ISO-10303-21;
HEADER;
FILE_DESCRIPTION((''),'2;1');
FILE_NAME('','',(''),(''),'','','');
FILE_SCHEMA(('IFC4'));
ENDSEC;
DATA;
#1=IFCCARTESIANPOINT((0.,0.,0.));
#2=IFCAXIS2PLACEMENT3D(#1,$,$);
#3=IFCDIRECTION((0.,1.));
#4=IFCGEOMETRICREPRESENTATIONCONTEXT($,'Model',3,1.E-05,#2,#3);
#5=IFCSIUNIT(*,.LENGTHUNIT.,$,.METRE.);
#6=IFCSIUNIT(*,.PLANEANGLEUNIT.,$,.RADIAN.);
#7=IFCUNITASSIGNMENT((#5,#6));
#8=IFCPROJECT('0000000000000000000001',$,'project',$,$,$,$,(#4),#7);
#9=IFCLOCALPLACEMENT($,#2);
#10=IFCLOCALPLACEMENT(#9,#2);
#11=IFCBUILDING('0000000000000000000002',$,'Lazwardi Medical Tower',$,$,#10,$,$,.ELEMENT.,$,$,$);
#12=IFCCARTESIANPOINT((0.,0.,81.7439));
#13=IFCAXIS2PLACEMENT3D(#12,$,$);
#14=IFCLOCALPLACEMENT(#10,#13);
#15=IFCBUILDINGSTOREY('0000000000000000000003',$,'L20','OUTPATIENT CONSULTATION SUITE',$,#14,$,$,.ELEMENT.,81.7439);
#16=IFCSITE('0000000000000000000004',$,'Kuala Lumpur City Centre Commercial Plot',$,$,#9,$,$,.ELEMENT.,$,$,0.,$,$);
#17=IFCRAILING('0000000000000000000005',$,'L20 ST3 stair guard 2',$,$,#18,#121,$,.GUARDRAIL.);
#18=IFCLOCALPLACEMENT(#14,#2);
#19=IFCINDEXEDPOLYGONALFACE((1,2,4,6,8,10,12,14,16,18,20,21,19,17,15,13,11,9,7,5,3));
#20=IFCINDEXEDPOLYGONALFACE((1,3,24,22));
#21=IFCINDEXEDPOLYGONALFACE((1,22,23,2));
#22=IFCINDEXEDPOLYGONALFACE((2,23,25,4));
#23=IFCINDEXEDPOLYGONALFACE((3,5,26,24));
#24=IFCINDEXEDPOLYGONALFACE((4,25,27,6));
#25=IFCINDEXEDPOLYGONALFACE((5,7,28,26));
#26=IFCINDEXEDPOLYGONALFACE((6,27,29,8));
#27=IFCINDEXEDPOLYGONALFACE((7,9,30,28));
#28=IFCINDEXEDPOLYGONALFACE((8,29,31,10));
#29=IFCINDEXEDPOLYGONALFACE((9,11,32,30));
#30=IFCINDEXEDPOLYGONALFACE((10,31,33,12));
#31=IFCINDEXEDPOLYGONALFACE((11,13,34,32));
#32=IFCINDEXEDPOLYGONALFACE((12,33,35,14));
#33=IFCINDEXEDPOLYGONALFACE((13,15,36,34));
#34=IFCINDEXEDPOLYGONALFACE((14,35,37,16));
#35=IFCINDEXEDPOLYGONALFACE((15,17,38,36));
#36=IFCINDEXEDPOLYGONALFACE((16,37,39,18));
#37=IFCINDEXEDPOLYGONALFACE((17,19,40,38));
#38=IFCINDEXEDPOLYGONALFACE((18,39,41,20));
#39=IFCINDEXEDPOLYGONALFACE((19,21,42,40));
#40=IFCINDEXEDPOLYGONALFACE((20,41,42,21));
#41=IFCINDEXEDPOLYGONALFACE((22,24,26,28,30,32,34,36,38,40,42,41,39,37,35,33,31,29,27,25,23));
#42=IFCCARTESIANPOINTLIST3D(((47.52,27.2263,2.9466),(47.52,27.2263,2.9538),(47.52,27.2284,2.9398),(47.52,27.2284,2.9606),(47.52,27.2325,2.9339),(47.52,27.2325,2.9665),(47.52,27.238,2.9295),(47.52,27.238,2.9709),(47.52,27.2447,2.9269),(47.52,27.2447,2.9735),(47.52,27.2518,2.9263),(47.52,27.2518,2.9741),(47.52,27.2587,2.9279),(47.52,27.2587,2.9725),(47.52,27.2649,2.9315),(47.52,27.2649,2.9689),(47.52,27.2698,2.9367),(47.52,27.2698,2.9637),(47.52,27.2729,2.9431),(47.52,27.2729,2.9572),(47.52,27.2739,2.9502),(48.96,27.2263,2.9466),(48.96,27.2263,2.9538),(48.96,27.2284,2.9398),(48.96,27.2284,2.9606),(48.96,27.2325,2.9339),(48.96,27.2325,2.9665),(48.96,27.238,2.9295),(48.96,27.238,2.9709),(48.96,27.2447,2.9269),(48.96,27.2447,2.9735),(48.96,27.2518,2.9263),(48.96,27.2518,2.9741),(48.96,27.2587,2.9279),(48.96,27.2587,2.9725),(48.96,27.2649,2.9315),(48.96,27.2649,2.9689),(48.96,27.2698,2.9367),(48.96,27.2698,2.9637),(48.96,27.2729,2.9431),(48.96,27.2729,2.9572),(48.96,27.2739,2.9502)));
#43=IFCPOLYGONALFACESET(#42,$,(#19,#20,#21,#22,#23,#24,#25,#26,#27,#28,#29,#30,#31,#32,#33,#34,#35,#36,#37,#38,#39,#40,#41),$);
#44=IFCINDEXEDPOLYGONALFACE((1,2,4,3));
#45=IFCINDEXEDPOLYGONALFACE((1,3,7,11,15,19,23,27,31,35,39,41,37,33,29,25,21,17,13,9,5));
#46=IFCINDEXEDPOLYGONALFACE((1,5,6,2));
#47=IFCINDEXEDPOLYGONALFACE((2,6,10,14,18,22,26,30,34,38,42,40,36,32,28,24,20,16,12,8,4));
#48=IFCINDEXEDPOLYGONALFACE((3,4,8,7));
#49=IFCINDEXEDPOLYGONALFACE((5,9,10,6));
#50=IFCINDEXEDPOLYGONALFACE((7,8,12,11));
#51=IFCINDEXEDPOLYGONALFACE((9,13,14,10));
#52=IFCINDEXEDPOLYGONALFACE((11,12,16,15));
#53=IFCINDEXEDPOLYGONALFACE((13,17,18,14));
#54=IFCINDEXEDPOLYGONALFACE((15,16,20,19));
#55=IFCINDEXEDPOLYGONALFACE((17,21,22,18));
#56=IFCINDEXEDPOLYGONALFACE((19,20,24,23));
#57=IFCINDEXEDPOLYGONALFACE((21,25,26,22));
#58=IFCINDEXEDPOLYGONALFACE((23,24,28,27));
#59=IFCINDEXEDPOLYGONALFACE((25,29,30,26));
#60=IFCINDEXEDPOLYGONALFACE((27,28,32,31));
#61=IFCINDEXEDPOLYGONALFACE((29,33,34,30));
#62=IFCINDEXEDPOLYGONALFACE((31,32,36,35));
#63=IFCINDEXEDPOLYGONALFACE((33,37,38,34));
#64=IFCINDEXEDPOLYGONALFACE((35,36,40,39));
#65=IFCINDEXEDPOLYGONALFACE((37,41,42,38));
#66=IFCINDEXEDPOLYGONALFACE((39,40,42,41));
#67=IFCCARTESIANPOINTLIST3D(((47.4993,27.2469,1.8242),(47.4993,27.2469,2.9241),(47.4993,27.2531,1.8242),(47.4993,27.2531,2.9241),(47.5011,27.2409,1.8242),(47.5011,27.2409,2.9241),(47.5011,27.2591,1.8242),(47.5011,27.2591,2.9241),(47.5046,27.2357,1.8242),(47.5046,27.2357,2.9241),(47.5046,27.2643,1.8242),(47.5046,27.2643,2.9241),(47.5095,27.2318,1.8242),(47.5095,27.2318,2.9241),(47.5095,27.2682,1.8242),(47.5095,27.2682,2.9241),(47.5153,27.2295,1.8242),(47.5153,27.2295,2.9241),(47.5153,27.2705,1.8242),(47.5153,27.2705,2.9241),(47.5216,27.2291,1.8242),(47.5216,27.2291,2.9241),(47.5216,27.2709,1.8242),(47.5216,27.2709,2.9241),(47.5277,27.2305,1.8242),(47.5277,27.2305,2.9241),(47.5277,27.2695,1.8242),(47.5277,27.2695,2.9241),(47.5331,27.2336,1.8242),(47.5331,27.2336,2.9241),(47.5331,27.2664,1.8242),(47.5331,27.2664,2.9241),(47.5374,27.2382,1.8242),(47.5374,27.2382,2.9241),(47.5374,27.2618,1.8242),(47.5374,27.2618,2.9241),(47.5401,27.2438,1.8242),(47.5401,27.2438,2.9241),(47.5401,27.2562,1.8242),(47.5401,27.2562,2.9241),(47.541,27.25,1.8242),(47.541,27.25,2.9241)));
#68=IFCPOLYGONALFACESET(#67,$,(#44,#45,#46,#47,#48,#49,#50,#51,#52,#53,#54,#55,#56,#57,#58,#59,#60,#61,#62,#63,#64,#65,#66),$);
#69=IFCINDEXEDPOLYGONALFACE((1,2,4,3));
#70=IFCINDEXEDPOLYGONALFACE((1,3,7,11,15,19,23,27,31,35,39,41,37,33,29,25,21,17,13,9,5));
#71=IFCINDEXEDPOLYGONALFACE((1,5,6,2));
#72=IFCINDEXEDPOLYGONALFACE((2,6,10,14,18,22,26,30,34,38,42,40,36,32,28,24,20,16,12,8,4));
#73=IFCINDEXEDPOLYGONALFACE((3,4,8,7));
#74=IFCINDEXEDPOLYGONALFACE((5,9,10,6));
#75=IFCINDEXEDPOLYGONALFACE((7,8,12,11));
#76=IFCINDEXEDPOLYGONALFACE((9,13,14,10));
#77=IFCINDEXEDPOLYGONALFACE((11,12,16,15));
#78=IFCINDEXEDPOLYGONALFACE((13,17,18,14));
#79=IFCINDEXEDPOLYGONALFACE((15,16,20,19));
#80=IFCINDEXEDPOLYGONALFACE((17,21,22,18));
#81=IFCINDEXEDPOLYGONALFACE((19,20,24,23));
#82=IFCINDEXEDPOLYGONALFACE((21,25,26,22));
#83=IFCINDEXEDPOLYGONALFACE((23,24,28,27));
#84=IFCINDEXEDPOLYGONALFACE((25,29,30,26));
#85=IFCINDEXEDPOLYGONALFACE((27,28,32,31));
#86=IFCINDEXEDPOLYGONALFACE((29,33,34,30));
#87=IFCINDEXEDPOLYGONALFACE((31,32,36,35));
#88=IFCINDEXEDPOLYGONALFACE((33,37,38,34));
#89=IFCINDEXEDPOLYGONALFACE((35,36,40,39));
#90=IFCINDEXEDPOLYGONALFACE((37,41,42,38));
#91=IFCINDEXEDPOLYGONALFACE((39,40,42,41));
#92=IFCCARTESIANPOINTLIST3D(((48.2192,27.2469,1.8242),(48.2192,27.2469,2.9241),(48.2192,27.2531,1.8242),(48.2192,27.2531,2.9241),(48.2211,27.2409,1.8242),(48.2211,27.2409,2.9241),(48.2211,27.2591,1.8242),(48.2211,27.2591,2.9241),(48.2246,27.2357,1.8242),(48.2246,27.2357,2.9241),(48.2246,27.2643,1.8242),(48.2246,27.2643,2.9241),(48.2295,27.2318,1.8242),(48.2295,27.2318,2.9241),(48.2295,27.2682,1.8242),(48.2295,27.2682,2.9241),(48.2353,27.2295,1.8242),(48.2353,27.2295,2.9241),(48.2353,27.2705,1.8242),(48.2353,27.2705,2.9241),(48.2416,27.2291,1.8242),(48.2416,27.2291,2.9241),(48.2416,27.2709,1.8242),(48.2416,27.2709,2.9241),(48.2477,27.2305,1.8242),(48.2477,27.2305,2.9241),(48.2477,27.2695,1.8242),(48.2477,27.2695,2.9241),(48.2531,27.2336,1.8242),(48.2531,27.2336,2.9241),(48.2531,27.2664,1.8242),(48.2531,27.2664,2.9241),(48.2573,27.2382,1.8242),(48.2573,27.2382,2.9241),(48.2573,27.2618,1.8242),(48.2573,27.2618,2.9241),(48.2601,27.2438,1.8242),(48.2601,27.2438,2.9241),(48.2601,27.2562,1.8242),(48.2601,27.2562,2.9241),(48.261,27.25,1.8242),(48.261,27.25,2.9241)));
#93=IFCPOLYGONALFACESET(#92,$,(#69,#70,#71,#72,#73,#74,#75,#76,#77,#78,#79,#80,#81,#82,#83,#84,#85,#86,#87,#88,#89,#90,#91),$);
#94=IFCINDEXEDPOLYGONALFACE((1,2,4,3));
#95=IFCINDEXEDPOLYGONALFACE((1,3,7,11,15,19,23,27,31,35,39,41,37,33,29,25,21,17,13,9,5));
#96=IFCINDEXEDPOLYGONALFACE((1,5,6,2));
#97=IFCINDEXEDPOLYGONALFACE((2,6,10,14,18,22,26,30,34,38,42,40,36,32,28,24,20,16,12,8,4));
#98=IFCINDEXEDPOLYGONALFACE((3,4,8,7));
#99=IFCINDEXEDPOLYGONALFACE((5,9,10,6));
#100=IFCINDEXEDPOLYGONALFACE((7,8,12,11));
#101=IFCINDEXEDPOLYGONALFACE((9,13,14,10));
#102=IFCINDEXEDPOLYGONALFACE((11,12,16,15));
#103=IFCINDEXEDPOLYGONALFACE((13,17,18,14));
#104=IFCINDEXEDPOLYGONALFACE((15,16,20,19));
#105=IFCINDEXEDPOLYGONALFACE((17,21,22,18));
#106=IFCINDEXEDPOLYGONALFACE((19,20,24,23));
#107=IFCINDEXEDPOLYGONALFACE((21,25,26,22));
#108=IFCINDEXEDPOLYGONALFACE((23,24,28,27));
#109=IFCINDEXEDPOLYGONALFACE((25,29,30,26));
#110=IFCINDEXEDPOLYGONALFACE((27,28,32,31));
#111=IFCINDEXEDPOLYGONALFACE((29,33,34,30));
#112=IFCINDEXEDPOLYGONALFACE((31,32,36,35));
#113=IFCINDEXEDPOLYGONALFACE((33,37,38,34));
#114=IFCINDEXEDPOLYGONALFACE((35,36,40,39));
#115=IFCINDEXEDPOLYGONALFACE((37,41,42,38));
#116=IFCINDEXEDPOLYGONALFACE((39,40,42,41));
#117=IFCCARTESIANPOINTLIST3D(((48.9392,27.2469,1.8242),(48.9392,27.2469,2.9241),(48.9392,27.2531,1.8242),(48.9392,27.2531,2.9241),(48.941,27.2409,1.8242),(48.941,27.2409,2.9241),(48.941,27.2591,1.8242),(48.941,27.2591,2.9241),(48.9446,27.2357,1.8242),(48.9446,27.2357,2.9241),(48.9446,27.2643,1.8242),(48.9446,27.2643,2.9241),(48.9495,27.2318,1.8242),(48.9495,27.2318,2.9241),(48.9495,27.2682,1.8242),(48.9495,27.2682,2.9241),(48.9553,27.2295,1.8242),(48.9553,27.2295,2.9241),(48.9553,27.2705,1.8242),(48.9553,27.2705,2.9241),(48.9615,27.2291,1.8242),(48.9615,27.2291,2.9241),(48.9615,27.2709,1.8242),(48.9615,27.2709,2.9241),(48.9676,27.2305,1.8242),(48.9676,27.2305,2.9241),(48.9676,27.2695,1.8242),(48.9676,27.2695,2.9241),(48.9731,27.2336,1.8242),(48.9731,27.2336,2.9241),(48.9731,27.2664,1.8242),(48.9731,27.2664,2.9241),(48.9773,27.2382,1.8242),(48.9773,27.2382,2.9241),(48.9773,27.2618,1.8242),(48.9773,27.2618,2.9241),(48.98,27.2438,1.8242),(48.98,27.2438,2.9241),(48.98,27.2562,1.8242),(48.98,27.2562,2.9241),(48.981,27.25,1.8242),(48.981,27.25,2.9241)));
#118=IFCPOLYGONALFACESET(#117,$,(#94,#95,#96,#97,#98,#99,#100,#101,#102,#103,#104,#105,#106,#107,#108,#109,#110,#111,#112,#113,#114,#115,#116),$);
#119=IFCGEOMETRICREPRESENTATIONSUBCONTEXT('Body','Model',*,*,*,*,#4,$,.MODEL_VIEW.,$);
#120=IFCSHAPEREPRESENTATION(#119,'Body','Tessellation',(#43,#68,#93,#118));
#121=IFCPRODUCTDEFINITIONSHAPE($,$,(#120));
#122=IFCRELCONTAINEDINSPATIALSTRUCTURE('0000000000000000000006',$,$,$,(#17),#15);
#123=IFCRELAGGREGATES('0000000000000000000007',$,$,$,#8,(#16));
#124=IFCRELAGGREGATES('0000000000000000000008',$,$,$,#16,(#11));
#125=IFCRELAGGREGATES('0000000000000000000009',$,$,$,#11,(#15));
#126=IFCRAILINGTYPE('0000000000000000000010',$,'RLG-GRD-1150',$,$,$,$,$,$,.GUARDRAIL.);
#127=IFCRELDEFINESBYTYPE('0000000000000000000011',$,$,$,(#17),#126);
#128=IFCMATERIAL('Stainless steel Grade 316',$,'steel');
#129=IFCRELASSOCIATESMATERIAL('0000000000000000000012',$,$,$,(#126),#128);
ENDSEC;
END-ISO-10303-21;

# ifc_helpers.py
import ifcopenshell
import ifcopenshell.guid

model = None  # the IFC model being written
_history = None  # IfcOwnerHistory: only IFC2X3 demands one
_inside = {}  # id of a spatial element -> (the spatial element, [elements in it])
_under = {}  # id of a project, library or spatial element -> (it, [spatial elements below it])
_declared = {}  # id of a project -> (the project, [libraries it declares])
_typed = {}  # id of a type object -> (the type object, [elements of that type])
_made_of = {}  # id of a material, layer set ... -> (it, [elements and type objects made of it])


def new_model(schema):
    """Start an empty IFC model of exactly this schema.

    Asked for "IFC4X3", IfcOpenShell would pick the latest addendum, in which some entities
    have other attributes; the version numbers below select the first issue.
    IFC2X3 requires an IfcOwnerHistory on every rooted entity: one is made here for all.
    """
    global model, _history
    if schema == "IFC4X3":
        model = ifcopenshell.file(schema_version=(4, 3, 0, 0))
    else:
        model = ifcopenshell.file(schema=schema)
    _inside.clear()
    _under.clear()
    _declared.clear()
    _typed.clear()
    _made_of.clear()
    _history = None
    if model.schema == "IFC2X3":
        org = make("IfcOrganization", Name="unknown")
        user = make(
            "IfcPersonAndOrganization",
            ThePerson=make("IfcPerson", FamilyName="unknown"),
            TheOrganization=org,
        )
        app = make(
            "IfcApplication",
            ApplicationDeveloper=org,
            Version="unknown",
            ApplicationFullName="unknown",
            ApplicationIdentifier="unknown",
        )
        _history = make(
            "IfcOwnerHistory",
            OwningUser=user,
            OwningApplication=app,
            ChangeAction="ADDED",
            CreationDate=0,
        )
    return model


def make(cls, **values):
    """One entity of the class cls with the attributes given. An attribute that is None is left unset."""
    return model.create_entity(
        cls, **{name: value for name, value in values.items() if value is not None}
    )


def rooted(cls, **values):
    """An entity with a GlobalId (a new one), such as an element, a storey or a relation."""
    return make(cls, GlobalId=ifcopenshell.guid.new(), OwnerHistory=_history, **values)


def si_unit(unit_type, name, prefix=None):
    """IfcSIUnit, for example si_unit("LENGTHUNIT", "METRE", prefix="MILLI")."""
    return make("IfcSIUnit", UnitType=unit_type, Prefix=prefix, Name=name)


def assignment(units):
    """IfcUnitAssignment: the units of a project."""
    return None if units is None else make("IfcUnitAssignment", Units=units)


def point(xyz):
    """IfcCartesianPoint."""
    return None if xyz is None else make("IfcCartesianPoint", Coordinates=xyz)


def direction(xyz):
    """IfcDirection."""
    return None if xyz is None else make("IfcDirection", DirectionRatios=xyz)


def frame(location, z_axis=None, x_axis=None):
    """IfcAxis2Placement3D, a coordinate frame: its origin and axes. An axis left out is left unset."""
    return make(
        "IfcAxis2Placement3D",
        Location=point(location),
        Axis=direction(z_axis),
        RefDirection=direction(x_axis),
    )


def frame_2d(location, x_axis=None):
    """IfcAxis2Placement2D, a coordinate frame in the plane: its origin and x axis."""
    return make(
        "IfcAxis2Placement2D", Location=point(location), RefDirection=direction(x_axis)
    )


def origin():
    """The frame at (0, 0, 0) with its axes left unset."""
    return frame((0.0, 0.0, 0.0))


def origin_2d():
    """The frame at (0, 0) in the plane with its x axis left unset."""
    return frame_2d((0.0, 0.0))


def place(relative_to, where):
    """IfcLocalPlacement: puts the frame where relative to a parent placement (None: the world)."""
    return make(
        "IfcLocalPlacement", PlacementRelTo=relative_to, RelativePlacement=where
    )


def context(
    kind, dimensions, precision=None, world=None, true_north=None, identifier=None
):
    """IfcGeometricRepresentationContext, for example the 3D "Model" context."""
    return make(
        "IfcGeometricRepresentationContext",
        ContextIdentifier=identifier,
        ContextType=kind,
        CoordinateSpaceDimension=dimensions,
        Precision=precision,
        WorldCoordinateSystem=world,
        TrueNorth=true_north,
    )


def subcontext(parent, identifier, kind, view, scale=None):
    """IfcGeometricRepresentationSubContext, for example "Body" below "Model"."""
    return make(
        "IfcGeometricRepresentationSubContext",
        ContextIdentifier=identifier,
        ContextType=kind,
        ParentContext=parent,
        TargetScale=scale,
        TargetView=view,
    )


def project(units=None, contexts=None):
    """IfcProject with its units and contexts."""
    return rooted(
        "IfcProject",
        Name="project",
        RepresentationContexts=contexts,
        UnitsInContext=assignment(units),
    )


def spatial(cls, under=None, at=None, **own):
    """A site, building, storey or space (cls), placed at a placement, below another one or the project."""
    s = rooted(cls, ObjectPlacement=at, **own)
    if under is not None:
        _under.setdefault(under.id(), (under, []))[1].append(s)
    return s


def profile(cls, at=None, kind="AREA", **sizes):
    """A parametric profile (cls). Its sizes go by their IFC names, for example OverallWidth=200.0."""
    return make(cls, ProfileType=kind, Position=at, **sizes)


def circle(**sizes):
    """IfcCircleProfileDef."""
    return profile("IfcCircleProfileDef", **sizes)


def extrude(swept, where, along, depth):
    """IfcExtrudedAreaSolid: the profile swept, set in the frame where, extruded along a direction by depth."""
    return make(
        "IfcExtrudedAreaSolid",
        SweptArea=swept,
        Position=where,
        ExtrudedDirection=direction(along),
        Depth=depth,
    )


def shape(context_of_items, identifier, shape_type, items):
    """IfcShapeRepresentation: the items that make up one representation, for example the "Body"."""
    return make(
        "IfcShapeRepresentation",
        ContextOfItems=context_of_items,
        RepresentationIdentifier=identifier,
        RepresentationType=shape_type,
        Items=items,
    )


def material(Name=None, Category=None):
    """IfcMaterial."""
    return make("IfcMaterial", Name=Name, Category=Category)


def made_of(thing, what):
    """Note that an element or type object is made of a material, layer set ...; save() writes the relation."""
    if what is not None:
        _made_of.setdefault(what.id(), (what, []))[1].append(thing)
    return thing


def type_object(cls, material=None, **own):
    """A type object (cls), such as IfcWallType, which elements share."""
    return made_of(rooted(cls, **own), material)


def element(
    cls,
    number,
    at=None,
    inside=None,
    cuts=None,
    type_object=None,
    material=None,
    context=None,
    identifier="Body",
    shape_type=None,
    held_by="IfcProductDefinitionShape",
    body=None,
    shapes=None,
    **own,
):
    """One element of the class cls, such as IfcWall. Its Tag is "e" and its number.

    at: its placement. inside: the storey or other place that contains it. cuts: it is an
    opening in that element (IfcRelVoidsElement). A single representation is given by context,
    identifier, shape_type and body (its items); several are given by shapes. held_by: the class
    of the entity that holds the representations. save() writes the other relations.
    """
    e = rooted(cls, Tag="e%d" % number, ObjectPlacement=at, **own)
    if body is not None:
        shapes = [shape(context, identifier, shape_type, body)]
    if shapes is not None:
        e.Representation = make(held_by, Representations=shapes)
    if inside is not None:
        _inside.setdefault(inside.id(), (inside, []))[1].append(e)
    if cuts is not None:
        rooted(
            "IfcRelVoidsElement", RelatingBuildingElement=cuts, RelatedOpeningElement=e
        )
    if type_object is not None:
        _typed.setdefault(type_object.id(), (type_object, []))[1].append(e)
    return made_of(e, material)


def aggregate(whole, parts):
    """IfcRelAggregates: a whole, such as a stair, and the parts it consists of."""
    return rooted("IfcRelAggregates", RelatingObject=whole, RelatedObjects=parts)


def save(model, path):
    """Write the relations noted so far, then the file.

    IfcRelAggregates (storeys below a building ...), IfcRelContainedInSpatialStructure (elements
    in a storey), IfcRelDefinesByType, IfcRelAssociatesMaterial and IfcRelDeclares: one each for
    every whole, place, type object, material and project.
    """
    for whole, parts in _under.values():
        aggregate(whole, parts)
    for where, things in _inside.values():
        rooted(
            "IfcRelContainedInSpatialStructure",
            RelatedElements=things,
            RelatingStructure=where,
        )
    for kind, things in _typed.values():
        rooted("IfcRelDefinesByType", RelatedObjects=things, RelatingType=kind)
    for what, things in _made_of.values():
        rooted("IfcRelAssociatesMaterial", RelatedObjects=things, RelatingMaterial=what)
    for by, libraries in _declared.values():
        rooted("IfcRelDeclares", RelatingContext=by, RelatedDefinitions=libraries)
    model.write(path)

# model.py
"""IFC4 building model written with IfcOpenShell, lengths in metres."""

from ifc_helpers import new_model, si_unit, direction, frame, origin, origin_2d, place, context, subcontext, project, spatial, circle, extrude, material, type_object, element, save


model = new_model("IFC4")

# Units and contexts
model_context = context("Model", 3, precision=1e-05, world=origin(), true_north=direction((0.0, 1.0)))
body_context = subcontext(model_context, "Body", "Model", "MODEL_VIEW")
ifc_project = project(units=[si_unit("LENGTHUNIT", "METRE"), si_unit("PLANEANGLEUNIT", "RADIAN")], contexts=[model_context])

# Site, building, storey
site_placement = place(None, origin())
site = spatial("IfcSite", under=ifc_project, at=site_placement, Name="Kuala Lumpur City Centre Commercial Plot", CompositionType="ELEMENT", RefElevation=0.0)
building_placement = place(site_placement, origin())
building = spatial("IfcBuilding", under=site, at=building_placement, Name="Lazwardi Medical Tower", CompositionType="ELEMENT")
storey_placement = place(building_placement, frame((0.0, 0.0, 81.7439)))
storey = spatial("IfcBuildingStorey", under=building, at=storey_placement, Name="L20", Description="OUTPATIENT CONSULTATION SUITE", CompositionType="ELEMENT", Elevation=81.7439)

# Railing
ifc_material_1 = material(Name="Stainless steel Grade 316", Category="steel")
railing_type_1 = type_object("IfcRailingType", Name="RLG-GRD-1150", PredefinedType="GUARDRAIL", material=ifc_material_1)
railing_1_placement = place(storey_placement, frame((47.52, 27.25, 1.8242)))
element("IfcRailing", 1, at=railing_1_placement, inside=storey, type_object=railing_type_1, Name="L20 ST3 stair guard 2", PredefinedType="GUARDRAIL", context=body_context, shape_type="SweptSolid", body=[
    extrude(circle(Radius=0.0239, at=origin_2d()), frame((0.0, 0.0, 1.126), z_axis=(1.0, 0.0, 0.0), x_axis=(0.0, 1.0, 0.0)), (0.0, 0.0, 1.0), 1.4399),
    extrude(circle(Radius=0.021, at=origin_2d()), origin(), (0.0, 0.0, 1.0), 1.0999),
    extrude(circle(Radius=0.021, at=origin_2d()), frame((0.72, 0.0, 0.0)), (0.0, 0.0, 1.0), 1.0999),
    extrude(circle(Radius=0.021, at=origin_2d()), frame((1.4399, 0.0, 0.0)), (0.0, 0.0, 1.0), 1.0999),
])

save(model, "model.ifc")
